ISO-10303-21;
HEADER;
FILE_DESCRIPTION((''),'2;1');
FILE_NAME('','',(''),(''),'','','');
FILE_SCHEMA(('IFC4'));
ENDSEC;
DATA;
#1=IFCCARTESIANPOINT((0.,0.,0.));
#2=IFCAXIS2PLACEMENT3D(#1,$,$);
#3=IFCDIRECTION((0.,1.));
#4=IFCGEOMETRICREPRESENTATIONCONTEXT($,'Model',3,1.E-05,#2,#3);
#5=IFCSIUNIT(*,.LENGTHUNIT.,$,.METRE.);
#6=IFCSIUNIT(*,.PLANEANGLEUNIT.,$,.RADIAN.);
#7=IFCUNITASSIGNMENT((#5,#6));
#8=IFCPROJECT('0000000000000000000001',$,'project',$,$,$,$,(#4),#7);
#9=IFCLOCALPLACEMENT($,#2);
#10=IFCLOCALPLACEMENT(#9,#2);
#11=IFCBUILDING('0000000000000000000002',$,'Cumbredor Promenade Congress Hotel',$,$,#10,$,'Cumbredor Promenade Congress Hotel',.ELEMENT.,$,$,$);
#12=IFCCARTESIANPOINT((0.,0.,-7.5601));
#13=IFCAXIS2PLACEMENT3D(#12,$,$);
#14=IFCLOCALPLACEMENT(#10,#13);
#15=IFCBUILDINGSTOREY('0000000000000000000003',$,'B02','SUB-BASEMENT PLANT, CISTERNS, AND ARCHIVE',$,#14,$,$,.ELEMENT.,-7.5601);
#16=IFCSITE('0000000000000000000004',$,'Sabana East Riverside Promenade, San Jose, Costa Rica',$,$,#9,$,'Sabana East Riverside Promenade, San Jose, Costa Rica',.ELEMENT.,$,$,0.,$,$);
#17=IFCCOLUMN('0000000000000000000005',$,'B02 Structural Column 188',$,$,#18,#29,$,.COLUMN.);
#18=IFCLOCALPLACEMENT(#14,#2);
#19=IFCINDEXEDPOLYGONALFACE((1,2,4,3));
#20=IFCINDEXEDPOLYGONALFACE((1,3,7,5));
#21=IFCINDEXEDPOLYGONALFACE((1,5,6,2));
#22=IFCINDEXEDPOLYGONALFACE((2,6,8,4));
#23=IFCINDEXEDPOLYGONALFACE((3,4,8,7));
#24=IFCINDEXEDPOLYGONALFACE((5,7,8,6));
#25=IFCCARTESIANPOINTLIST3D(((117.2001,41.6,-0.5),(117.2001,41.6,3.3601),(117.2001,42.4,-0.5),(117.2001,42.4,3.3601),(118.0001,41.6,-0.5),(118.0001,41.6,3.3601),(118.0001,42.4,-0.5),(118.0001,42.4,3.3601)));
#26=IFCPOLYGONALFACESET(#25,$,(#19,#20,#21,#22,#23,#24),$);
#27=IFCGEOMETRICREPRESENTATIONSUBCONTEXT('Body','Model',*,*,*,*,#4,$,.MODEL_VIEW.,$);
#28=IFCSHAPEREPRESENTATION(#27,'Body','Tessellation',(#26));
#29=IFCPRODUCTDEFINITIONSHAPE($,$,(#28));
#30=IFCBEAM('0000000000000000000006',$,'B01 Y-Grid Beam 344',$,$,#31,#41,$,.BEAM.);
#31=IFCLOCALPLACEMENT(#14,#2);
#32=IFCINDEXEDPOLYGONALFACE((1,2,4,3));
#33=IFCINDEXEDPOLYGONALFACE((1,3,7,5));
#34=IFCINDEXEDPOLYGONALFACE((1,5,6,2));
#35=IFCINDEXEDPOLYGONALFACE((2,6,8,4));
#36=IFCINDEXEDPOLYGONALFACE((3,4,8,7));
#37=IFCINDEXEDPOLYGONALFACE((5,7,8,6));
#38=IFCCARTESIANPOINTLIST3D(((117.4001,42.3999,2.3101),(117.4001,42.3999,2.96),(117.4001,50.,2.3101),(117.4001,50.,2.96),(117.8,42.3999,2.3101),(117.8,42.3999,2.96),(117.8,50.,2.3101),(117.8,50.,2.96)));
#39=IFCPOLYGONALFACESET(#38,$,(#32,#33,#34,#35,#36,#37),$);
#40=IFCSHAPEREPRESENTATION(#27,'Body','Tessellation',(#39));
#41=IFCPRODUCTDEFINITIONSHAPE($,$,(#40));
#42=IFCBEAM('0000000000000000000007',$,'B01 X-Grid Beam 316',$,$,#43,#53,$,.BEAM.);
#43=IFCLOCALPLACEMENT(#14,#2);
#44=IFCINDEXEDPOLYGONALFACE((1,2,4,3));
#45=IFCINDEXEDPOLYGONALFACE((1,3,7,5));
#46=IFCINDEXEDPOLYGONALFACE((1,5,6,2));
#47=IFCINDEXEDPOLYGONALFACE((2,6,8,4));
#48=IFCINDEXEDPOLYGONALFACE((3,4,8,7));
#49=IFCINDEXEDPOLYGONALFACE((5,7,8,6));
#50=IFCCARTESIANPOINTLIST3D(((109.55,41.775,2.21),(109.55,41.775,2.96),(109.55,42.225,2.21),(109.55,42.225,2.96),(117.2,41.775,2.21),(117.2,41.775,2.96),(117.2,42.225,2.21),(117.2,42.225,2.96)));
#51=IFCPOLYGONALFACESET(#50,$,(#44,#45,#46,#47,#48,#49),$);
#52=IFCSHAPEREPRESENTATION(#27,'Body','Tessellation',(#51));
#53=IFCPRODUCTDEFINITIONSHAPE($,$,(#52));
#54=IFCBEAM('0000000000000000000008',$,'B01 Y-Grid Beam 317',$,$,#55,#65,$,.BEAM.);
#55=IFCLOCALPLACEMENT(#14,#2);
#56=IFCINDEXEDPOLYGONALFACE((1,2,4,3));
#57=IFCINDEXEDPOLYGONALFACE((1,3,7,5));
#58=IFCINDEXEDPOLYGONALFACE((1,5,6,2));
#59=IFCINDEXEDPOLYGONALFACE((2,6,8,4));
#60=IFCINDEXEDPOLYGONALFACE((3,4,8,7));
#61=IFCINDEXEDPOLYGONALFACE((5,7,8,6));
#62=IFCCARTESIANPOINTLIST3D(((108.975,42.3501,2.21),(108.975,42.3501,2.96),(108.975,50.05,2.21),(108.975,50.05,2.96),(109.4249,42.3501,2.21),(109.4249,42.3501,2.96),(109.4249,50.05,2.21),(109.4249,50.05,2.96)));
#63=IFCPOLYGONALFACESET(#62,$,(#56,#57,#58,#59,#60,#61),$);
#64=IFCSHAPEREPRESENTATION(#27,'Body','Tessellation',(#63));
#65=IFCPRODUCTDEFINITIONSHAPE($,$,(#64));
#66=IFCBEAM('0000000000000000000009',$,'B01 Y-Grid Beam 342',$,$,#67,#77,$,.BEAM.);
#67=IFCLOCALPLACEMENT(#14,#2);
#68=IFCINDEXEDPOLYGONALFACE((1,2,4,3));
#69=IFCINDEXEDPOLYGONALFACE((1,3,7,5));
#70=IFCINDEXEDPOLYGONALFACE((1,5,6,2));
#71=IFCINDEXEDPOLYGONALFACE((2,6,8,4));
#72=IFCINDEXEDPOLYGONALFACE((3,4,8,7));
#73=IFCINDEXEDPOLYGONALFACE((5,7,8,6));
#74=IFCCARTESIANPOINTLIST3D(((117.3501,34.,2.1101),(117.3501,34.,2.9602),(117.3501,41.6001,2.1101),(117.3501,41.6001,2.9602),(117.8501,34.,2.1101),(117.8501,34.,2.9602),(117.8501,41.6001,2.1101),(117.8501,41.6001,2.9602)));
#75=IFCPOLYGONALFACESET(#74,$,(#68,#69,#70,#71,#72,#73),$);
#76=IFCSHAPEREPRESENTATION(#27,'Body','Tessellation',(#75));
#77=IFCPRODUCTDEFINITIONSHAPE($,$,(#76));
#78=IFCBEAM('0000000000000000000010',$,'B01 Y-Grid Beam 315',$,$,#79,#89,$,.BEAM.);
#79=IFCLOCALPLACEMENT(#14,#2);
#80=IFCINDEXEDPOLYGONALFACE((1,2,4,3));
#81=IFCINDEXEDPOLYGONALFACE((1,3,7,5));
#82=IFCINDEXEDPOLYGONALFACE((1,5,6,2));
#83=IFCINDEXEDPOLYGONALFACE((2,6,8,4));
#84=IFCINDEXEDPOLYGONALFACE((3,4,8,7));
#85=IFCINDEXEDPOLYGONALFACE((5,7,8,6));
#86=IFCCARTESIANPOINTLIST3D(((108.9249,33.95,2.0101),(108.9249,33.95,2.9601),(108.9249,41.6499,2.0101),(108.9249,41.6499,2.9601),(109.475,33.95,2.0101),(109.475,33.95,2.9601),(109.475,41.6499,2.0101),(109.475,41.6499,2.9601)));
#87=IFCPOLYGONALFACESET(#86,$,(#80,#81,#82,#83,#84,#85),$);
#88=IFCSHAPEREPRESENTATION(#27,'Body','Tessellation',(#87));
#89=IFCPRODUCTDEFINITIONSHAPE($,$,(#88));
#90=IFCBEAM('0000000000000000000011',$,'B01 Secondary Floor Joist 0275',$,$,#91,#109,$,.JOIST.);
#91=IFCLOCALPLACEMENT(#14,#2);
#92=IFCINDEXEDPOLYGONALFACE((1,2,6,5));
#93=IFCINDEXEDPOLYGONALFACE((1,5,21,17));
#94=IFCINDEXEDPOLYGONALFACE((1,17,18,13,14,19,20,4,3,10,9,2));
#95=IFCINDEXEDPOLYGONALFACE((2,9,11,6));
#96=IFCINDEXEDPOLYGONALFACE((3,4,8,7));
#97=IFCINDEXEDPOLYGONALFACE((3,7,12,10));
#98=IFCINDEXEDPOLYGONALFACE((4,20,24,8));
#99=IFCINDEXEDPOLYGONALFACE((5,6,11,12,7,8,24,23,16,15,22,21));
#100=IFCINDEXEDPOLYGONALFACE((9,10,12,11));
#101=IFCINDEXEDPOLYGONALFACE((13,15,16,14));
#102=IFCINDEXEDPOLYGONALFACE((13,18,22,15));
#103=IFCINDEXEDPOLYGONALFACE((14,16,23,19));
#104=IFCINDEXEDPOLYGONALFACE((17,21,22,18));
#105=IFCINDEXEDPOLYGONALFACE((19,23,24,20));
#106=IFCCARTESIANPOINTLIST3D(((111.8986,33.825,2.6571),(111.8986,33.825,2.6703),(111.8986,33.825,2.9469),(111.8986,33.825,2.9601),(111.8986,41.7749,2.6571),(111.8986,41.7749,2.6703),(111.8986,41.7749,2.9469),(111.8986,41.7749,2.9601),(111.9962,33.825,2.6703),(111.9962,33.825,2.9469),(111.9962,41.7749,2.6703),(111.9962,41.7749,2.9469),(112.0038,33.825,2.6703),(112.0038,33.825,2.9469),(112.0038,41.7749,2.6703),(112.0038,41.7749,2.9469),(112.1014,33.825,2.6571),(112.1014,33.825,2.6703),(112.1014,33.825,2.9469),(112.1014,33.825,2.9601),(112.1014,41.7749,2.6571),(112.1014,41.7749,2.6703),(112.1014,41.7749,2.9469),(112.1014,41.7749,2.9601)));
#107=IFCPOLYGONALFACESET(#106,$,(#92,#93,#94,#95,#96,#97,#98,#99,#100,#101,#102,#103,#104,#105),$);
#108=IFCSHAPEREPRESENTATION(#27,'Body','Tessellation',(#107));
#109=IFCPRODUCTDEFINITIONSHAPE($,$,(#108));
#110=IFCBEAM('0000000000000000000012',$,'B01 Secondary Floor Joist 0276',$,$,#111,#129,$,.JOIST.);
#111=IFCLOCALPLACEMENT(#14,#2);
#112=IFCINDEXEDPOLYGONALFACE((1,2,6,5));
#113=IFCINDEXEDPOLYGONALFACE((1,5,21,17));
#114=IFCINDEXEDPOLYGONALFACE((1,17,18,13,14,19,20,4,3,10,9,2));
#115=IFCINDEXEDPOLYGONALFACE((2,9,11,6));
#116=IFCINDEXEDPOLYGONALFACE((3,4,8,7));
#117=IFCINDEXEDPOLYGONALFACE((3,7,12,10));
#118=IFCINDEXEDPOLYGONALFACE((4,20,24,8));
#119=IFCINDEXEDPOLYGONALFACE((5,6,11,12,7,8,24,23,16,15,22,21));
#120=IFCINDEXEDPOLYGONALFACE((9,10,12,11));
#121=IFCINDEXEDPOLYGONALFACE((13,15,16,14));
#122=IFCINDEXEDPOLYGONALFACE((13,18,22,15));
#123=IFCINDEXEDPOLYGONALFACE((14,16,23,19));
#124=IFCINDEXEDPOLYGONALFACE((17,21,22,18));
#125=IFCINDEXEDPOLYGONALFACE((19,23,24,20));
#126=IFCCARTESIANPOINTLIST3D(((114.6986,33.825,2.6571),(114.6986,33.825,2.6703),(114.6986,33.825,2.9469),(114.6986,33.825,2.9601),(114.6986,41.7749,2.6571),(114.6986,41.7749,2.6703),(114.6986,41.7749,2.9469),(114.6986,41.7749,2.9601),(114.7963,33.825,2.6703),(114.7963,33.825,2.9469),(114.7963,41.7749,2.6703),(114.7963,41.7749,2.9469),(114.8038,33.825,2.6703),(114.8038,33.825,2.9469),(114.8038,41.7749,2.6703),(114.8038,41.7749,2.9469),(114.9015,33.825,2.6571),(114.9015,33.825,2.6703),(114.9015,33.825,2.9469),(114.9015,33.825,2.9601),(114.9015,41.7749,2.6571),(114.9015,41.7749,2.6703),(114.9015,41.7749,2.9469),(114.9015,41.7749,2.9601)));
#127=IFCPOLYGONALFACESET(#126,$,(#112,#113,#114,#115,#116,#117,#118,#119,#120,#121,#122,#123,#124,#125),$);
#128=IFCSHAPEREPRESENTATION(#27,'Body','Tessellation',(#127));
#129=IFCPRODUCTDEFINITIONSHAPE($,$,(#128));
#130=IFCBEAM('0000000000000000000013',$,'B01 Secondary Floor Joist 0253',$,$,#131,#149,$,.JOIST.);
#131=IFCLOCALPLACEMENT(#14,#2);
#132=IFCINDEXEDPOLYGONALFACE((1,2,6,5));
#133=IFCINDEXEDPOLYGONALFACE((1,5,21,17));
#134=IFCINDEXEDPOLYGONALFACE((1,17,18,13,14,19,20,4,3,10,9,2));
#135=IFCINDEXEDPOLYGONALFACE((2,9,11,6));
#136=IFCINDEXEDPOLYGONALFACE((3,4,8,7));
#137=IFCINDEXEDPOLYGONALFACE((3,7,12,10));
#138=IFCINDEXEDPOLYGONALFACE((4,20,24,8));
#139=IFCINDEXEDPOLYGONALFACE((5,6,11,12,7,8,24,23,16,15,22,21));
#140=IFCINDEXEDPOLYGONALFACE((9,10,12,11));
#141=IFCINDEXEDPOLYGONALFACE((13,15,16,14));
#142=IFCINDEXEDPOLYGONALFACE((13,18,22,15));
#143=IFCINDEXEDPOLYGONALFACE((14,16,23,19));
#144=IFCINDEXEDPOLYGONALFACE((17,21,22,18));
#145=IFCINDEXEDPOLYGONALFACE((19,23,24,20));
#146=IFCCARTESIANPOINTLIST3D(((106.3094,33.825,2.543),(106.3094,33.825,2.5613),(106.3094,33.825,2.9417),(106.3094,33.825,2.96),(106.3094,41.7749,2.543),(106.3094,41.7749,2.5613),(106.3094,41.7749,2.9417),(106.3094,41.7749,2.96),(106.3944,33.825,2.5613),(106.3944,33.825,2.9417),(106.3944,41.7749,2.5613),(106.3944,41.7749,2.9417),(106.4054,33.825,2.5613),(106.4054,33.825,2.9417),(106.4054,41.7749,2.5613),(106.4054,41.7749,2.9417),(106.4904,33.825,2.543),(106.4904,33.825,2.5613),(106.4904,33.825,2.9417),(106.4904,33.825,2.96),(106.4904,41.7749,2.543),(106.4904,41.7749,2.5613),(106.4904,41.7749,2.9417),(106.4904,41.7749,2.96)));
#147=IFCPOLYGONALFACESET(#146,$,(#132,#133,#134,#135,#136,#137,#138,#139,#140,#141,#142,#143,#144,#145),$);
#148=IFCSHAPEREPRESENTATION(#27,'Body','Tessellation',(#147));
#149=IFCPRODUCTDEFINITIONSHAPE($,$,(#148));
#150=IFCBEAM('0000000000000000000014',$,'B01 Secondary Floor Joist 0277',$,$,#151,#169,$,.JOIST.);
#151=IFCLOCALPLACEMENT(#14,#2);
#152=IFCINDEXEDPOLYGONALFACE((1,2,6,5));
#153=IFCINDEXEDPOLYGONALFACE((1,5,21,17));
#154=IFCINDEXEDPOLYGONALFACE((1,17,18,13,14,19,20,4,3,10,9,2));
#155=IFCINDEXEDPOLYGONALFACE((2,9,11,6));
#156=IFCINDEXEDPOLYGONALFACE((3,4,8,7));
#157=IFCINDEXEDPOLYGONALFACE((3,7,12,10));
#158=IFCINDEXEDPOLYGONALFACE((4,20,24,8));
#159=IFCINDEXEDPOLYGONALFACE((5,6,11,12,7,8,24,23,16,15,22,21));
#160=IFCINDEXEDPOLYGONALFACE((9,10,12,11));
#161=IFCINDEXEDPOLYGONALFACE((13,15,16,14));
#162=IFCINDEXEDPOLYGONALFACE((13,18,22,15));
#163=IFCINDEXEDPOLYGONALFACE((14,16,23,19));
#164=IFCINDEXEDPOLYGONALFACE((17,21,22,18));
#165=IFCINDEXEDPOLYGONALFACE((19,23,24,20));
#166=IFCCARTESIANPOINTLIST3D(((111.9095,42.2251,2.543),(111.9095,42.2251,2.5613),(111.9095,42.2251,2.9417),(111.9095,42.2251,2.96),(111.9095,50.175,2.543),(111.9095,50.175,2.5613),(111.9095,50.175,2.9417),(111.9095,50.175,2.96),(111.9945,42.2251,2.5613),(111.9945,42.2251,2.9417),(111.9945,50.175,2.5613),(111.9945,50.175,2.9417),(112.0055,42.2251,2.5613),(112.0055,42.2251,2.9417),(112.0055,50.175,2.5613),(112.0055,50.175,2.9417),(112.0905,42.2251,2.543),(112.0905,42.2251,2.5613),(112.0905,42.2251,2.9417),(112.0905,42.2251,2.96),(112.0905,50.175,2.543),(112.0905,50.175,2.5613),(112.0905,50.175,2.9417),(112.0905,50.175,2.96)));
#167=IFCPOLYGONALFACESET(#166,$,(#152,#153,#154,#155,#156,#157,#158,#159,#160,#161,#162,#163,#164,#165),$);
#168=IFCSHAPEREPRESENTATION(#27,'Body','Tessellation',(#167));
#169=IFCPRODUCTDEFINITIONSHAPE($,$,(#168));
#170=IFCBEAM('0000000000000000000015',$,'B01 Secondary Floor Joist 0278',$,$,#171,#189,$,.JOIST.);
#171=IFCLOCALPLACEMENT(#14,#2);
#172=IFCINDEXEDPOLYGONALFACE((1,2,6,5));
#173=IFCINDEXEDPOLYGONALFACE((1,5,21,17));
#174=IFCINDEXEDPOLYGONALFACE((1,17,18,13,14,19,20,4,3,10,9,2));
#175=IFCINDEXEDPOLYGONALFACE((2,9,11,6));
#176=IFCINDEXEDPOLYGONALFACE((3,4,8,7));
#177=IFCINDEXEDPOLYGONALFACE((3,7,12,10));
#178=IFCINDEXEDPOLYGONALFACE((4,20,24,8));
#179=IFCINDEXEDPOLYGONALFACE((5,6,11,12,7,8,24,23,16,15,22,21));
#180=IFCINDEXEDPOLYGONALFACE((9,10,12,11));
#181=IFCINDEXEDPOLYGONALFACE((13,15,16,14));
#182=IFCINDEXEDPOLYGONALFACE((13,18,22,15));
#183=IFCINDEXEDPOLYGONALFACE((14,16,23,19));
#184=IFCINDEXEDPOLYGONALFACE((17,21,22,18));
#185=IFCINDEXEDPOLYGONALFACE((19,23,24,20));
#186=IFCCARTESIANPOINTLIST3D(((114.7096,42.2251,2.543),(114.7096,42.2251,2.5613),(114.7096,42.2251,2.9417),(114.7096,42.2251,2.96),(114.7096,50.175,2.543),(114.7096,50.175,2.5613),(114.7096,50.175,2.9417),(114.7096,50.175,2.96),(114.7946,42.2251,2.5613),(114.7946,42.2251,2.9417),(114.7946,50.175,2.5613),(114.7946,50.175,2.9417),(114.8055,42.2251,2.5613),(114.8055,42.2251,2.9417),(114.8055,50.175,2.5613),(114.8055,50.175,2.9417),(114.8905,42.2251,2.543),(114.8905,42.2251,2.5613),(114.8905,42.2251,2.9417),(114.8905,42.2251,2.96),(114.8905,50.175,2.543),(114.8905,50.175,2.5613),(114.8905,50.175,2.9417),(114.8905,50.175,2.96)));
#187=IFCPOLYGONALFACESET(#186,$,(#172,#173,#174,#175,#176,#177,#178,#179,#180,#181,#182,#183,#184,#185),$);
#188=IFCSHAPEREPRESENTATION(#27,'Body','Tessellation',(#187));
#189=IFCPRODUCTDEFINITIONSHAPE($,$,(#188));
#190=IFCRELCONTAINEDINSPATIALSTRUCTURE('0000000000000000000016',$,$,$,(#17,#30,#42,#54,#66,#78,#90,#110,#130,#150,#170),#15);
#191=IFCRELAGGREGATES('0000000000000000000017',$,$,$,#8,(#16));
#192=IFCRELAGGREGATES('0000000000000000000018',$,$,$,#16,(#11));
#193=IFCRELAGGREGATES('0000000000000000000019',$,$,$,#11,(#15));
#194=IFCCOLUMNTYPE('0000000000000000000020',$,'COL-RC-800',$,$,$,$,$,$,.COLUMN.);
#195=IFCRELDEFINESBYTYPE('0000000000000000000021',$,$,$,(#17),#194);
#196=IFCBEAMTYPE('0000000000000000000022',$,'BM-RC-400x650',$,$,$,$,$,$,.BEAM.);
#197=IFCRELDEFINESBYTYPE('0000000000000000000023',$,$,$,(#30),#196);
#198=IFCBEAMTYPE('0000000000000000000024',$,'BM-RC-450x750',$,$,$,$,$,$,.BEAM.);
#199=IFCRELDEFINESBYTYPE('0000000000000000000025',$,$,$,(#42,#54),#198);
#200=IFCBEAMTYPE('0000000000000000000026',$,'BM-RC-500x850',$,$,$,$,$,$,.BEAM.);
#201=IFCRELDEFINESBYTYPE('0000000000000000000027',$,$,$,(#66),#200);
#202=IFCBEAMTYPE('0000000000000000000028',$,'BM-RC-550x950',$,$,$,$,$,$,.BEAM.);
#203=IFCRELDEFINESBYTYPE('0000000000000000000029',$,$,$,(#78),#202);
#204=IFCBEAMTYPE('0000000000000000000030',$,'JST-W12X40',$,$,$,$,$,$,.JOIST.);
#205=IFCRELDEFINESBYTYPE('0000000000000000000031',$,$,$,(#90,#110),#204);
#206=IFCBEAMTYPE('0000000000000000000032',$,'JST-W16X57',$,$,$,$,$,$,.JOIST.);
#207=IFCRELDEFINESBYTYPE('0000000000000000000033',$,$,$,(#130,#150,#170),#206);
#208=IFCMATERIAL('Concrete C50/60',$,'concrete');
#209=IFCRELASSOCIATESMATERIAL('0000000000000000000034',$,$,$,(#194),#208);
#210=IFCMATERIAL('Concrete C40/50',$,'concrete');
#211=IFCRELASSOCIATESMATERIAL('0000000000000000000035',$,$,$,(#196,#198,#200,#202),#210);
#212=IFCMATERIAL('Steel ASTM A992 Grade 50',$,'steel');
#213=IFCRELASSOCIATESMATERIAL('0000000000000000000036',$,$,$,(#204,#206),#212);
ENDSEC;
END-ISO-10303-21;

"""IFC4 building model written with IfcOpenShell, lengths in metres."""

from ifc_helpers import new_model, si_unit, direction, frame, origin, origin_2d, place, context, subcontext, project, spatial, rectangle, i_section, extrude, material, material_profile, profile_set, type_object, element, save


model = new_model("IFC4")

# Units and contexts
model_context = context("Model", 3, precision=1e-05, world=origin(), true_north=direction((0.0, 1.0)))
body_context = subcontext(model_context, "Body", "Model", "MODEL_VIEW")
ifc_project = project(units=[si_unit("LENGTHUNIT", "METRE"), si_unit("PLANEANGLEUNIT", "RADIAN")], contexts=[model_context])

# Site, building, storey
site_placement = place(None, origin())
site = spatial("IfcSite", under=ifc_project, at=site_placement, Name="Sabana East Riverside Promenade, San Jose, Costa Rica", LongName="Sabana East Riverside Promenade, San Jose, Costa Rica", CompositionType="ELEMENT", RefElevation=0.0)
building_placement = place(site_placement, origin())
building = spatial("IfcBuilding", under=site, at=building_placement, Name="Cumbredor Promenade Congress Hotel", LongName="Cumbredor Promenade Congress Hotel", CompositionType="ELEMENT")
storey_placement = place(building_placement, frame((0.0, 0.0, -7.5601)))
storey = spatial("IfcBuildingStorey", under=building, at=storey_placement, Name="B02", Description="SUB-BASEMENT PLANT, CISTERNS, AND ARCHIVE", CompositionType="ELEMENT", Elevation=-7.5601)

# Shared definitions
ifc_material_1 = material(Name="Concrete C40/50", Category="concrete")

# Column
ifc_material_2 = material(Name="Concrete C50/60", Category="concrete")
ifc_material_profile_1 = material_profile(ifc_material_2, rectangle(XDim=0.8, YDim=0.8, at=origin_2d()), Name="RC 800x800")
ifc_profile_set_1 = profile_set([ifc_material_profile_1], Name="Concrete C50/60")
column_type_1 = type_object("IfcColumnType", Name="COL-RC-800", PredefinedType="COLUMN", material=ifc_profile_set_1)
column_1_placement = place(storey_placement, frame((117.6001, 42.0, -0.5), z_axis=(0.0, 0.0, 1.0), x_axis=(1.0, 0.0, 0.0)))
element("IfcColumn", 1, at=column_1_placement, inside=storey, type_object=column_type_1, Name="B02 Structural Column 188", PredefinedType="COLUMN", context=body_context, shape_type="SweptSolid", body=[
    extrude(rectangle(XDim=0.8, YDim=0.8, at=origin_2d()), origin(), (0.0, 0.0, 1.0), 3.8601),
])

# Beams
ifc_material_profile_2 = material_profile(ifc_material_1, rectangle(XDim=0.3999, YDim=0.6499, at=origin_2d()), Name="RC BEAM 400x650")
ifc_profile_set_2 = profile_set([ifc_material_profile_2], Name="Concrete C40/50")
beam_type_1 = type_object("IfcBeamType", Name="BM-RC-400x650", PredefinedType="BEAM", material=ifc_profile_set_2)
beam_1_placement = place(storey_placement, frame((117.6001, 42.3999, 2.635), z_axis=(0.0, 1.0, 0.0), x_axis=(-1.0, 0.0, 0.0)))
element("IfcBeam", 2, at=beam_1_placement, inside=storey, type_object=beam_type_1, Name="B01 Y-Grid Beam 344", PredefinedType="BEAM", context=body_context, shape_type="SweptSolid", body=[
    extrude(rectangle(XDim=0.3999, YDim=0.6499, at=origin_2d()), origin(), (0.0, 0.0, 1.0), 7.6001),
])
ifc_material_profile_3 = material_profile(ifc_material_1, rectangle(XDim=0.45, YDim=0.75, at=origin_2d()), Name="RC BEAM 450x750")
ifc_profile_set_3 = profile_set([ifc_material_profile_3], Name="Concrete C40/50")
beam_type_2 = type_object("IfcBeamType", Name="BM-RC-450x750", PredefinedType="BEAM", material=ifc_profile_set_3)
beam_2_placement = place(storey_placement, frame((109.55, 42.0, 2.585), z_axis=(1.0, 0.0, 0.0), x_axis=(0.0, 1.0, 0.0)))
element("IfcBeam", 3, at=beam_2_placement, inside=storey, type_object=beam_type_2, Name="B01 X-Grid Beam 316", PredefinedType="BEAM", context=body_context, shape_type="SweptSolid", body=[
    extrude(rectangle(XDim=0.45, YDim=0.75, at=origin_2d()), origin(), (0.0, 0.0, 1.0), 7.6499),
])
beam_3_placement = place(storey_placement, frame((109.2, 42.3501, 2.585), z_axis=(0.0, 1.0, 0.0), x_axis=(-1.0, 0.0, 0.0)))
element("IfcBeam", 4, at=beam_3_placement, inside=storey, type_object=beam_type_2, Name="B01 Y-Grid Beam 317", PredefinedType="BEAM", context=body_context, shape_type="SweptSolid", body=[
    extrude(rectangle(XDim=0.45, YDim=0.75, at=origin_2d()), origin(), (0.0, 0.0, 1.0), 7.7),
])
ifc_material_profile_4 = material_profile(ifc_material_1, rectangle(XDim=0.5, YDim=0.8501, at=origin_2d()), Name="RC BEAM 500x850")
ifc_profile_set_4 = profile_set([ifc_material_profile_4], Name="Concrete C40/50")
beam_type_3 = type_object("IfcBeamType", Name="BM-RC-500x850", PredefinedType="BEAM", material=ifc_profile_set_4)
beam_4_placement = place(storey_placement, frame((117.6001, 34.0, 2.5352), z_axis=(0.0, 1.0, 0.0), x_axis=(-1.0, 0.0, 0.0)))
element("IfcBeam", 5, at=beam_4_placement, inside=storey, type_object=beam_type_3, Name="B01 Y-Grid Beam 342", PredefinedType="BEAM", context=body_context, shape_type="SweptSolid", body=[
    extrude(rectangle(XDim=0.5, YDim=0.8501, at=origin_2d()), origin(), (0.0, 0.0, 1.0), 7.6001),
])
ifc_material_profile_5 = material_profile(ifc_material_1, rectangle(XDim=0.55, YDim=0.95, at=origin_2d()), Name="RC BEAM 550x950")
ifc_profile_set_5 = profile_set([ifc_material_profile_5], Name="Concrete C40/50")
beam_type_4 = type_object("IfcBeamType", Name="BM-RC-550x950", PredefinedType="BEAM", material=ifc_profile_set_5)
beam_5_placement = place(storey_placement, frame((109.2, 33.95, 2.4851), z_axis=(0.0, 1.0, 0.0), x_axis=(-1.0, 0.0, 0.0)))
element("IfcBeam", 6, at=beam_5_placement, inside=storey, type_object=beam_type_4, Name="B01 Y-Grid Beam 315", PredefinedType="BEAM", context=body_context, shape_type="SweptSolid", body=[
    extrude(rectangle(XDim=0.55, YDim=0.95, at=origin_2d()), origin(), (0.0, 0.0, 1.0), 7.7),
])
ifc_material_3 = material(Name="Steel ASTM A992 Grade 50", Category="steel")
ifc_material_profile_6 = material_profile(ifc_material_3, i_section(OverallWidth=0.2029, OverallDepth=0.303, WebThickness=0.0076, FlangeThickness=0.0132, at=origin_2d()), Name="W12X40")
ifc_profile_set_6 = profile_set([ifc_material_profile_6], Name="Steel ASTM A992 Grade 50")
beam_type_5 = type_object("IfcBeamType", Name="JST-W12X40", PredefinedType="JOIST", material=ifc_profile_set_6)
for number, where, z_axis, x_axis, name in (
    (7, (112.0, 33.825, 2.8086), (0.0, 1.0, 0.0), (-1.0, 0.0, 0.0), "B01 Secondary Floor Joist 0275"),
    (8, (114.8, 33.825, 2.8086), (0.0, 1.0, 0.0), (-1.0, 0.0, 0.0), "B01 Secondary Floor Joist 0276"),
):
    element("IfcBeam", number, at=place(storey_placement, frame(where, z_axis=z_axis, x_axis=x_axis)), inside=storey, type_object=beam_type_5, Name=name, PredefinedType="JOIST", context=body_context, shape_type="SweptSolid", body=[
        extrude(i_section(OverallWidth=0.2029, OverallDepth=0.303, WebThickness=0.0076, FlangeThickness=0.0132, at=origin_2d()), origin(), (0.0, 0.0, 1.0), 7.95),
    ])
ifc_material_profile_7 = material_profile(ifc_material_3, i_section(OverallWidth=0.1809, OverallDepth=0.417, WebThickness=0.011, FlangeThickness=0.0183, at=origin_2d()), Name="W16X57")
ifc_profile_set_7 = profile_set([ifc_material_profile_7], Name="Steel ASTM A992 Grade 50")
beam_type_6 = type_object("IfcBeamType", Name="JST-W16X57", PredefinedType="JOIST", material=ifc_profile_set_7)
for number, where, z_axis, x_axis, name in (
    (9, (106.3999, 33.825, 2.7515), (0.0, 1.0, 0.0), (-1.0, 0.0, 0.0), "B01 Secondary Floor Joist 0253"),
    (10, (112.0, 42.2251, 2.7515), (0.0, 1.0, 0.0), (-1.0, 0.0, 0.0), "B01 Secondary Floor Joist 0277"),
    (11, (114.8, 42.2251, 2.7515), (0.0, 1.0, 0.0), (-1.0, 0.0, 0.0), "B01 Secondary Floor Joist 0278"),
):
    element("IfcBeam", number, at=place(storey_placement, frame(where, z_axis=z_axis, x_axis=x_axis)), inside=storey, type_object=beam_type_6, Name=name, PredefinedType="JOIST", context=body_context, shape_type="SweptSolid", body=[
        extrude(i_section(OverallWidth=0.1809, OverallDepth=0.417, WebThickness=0.011, FlangeThickness=0.0183, at=origin_2d()), origin(), (0.0, 0.0, 1.0), 7.95),
    ])

save(model, "model.ifc")
